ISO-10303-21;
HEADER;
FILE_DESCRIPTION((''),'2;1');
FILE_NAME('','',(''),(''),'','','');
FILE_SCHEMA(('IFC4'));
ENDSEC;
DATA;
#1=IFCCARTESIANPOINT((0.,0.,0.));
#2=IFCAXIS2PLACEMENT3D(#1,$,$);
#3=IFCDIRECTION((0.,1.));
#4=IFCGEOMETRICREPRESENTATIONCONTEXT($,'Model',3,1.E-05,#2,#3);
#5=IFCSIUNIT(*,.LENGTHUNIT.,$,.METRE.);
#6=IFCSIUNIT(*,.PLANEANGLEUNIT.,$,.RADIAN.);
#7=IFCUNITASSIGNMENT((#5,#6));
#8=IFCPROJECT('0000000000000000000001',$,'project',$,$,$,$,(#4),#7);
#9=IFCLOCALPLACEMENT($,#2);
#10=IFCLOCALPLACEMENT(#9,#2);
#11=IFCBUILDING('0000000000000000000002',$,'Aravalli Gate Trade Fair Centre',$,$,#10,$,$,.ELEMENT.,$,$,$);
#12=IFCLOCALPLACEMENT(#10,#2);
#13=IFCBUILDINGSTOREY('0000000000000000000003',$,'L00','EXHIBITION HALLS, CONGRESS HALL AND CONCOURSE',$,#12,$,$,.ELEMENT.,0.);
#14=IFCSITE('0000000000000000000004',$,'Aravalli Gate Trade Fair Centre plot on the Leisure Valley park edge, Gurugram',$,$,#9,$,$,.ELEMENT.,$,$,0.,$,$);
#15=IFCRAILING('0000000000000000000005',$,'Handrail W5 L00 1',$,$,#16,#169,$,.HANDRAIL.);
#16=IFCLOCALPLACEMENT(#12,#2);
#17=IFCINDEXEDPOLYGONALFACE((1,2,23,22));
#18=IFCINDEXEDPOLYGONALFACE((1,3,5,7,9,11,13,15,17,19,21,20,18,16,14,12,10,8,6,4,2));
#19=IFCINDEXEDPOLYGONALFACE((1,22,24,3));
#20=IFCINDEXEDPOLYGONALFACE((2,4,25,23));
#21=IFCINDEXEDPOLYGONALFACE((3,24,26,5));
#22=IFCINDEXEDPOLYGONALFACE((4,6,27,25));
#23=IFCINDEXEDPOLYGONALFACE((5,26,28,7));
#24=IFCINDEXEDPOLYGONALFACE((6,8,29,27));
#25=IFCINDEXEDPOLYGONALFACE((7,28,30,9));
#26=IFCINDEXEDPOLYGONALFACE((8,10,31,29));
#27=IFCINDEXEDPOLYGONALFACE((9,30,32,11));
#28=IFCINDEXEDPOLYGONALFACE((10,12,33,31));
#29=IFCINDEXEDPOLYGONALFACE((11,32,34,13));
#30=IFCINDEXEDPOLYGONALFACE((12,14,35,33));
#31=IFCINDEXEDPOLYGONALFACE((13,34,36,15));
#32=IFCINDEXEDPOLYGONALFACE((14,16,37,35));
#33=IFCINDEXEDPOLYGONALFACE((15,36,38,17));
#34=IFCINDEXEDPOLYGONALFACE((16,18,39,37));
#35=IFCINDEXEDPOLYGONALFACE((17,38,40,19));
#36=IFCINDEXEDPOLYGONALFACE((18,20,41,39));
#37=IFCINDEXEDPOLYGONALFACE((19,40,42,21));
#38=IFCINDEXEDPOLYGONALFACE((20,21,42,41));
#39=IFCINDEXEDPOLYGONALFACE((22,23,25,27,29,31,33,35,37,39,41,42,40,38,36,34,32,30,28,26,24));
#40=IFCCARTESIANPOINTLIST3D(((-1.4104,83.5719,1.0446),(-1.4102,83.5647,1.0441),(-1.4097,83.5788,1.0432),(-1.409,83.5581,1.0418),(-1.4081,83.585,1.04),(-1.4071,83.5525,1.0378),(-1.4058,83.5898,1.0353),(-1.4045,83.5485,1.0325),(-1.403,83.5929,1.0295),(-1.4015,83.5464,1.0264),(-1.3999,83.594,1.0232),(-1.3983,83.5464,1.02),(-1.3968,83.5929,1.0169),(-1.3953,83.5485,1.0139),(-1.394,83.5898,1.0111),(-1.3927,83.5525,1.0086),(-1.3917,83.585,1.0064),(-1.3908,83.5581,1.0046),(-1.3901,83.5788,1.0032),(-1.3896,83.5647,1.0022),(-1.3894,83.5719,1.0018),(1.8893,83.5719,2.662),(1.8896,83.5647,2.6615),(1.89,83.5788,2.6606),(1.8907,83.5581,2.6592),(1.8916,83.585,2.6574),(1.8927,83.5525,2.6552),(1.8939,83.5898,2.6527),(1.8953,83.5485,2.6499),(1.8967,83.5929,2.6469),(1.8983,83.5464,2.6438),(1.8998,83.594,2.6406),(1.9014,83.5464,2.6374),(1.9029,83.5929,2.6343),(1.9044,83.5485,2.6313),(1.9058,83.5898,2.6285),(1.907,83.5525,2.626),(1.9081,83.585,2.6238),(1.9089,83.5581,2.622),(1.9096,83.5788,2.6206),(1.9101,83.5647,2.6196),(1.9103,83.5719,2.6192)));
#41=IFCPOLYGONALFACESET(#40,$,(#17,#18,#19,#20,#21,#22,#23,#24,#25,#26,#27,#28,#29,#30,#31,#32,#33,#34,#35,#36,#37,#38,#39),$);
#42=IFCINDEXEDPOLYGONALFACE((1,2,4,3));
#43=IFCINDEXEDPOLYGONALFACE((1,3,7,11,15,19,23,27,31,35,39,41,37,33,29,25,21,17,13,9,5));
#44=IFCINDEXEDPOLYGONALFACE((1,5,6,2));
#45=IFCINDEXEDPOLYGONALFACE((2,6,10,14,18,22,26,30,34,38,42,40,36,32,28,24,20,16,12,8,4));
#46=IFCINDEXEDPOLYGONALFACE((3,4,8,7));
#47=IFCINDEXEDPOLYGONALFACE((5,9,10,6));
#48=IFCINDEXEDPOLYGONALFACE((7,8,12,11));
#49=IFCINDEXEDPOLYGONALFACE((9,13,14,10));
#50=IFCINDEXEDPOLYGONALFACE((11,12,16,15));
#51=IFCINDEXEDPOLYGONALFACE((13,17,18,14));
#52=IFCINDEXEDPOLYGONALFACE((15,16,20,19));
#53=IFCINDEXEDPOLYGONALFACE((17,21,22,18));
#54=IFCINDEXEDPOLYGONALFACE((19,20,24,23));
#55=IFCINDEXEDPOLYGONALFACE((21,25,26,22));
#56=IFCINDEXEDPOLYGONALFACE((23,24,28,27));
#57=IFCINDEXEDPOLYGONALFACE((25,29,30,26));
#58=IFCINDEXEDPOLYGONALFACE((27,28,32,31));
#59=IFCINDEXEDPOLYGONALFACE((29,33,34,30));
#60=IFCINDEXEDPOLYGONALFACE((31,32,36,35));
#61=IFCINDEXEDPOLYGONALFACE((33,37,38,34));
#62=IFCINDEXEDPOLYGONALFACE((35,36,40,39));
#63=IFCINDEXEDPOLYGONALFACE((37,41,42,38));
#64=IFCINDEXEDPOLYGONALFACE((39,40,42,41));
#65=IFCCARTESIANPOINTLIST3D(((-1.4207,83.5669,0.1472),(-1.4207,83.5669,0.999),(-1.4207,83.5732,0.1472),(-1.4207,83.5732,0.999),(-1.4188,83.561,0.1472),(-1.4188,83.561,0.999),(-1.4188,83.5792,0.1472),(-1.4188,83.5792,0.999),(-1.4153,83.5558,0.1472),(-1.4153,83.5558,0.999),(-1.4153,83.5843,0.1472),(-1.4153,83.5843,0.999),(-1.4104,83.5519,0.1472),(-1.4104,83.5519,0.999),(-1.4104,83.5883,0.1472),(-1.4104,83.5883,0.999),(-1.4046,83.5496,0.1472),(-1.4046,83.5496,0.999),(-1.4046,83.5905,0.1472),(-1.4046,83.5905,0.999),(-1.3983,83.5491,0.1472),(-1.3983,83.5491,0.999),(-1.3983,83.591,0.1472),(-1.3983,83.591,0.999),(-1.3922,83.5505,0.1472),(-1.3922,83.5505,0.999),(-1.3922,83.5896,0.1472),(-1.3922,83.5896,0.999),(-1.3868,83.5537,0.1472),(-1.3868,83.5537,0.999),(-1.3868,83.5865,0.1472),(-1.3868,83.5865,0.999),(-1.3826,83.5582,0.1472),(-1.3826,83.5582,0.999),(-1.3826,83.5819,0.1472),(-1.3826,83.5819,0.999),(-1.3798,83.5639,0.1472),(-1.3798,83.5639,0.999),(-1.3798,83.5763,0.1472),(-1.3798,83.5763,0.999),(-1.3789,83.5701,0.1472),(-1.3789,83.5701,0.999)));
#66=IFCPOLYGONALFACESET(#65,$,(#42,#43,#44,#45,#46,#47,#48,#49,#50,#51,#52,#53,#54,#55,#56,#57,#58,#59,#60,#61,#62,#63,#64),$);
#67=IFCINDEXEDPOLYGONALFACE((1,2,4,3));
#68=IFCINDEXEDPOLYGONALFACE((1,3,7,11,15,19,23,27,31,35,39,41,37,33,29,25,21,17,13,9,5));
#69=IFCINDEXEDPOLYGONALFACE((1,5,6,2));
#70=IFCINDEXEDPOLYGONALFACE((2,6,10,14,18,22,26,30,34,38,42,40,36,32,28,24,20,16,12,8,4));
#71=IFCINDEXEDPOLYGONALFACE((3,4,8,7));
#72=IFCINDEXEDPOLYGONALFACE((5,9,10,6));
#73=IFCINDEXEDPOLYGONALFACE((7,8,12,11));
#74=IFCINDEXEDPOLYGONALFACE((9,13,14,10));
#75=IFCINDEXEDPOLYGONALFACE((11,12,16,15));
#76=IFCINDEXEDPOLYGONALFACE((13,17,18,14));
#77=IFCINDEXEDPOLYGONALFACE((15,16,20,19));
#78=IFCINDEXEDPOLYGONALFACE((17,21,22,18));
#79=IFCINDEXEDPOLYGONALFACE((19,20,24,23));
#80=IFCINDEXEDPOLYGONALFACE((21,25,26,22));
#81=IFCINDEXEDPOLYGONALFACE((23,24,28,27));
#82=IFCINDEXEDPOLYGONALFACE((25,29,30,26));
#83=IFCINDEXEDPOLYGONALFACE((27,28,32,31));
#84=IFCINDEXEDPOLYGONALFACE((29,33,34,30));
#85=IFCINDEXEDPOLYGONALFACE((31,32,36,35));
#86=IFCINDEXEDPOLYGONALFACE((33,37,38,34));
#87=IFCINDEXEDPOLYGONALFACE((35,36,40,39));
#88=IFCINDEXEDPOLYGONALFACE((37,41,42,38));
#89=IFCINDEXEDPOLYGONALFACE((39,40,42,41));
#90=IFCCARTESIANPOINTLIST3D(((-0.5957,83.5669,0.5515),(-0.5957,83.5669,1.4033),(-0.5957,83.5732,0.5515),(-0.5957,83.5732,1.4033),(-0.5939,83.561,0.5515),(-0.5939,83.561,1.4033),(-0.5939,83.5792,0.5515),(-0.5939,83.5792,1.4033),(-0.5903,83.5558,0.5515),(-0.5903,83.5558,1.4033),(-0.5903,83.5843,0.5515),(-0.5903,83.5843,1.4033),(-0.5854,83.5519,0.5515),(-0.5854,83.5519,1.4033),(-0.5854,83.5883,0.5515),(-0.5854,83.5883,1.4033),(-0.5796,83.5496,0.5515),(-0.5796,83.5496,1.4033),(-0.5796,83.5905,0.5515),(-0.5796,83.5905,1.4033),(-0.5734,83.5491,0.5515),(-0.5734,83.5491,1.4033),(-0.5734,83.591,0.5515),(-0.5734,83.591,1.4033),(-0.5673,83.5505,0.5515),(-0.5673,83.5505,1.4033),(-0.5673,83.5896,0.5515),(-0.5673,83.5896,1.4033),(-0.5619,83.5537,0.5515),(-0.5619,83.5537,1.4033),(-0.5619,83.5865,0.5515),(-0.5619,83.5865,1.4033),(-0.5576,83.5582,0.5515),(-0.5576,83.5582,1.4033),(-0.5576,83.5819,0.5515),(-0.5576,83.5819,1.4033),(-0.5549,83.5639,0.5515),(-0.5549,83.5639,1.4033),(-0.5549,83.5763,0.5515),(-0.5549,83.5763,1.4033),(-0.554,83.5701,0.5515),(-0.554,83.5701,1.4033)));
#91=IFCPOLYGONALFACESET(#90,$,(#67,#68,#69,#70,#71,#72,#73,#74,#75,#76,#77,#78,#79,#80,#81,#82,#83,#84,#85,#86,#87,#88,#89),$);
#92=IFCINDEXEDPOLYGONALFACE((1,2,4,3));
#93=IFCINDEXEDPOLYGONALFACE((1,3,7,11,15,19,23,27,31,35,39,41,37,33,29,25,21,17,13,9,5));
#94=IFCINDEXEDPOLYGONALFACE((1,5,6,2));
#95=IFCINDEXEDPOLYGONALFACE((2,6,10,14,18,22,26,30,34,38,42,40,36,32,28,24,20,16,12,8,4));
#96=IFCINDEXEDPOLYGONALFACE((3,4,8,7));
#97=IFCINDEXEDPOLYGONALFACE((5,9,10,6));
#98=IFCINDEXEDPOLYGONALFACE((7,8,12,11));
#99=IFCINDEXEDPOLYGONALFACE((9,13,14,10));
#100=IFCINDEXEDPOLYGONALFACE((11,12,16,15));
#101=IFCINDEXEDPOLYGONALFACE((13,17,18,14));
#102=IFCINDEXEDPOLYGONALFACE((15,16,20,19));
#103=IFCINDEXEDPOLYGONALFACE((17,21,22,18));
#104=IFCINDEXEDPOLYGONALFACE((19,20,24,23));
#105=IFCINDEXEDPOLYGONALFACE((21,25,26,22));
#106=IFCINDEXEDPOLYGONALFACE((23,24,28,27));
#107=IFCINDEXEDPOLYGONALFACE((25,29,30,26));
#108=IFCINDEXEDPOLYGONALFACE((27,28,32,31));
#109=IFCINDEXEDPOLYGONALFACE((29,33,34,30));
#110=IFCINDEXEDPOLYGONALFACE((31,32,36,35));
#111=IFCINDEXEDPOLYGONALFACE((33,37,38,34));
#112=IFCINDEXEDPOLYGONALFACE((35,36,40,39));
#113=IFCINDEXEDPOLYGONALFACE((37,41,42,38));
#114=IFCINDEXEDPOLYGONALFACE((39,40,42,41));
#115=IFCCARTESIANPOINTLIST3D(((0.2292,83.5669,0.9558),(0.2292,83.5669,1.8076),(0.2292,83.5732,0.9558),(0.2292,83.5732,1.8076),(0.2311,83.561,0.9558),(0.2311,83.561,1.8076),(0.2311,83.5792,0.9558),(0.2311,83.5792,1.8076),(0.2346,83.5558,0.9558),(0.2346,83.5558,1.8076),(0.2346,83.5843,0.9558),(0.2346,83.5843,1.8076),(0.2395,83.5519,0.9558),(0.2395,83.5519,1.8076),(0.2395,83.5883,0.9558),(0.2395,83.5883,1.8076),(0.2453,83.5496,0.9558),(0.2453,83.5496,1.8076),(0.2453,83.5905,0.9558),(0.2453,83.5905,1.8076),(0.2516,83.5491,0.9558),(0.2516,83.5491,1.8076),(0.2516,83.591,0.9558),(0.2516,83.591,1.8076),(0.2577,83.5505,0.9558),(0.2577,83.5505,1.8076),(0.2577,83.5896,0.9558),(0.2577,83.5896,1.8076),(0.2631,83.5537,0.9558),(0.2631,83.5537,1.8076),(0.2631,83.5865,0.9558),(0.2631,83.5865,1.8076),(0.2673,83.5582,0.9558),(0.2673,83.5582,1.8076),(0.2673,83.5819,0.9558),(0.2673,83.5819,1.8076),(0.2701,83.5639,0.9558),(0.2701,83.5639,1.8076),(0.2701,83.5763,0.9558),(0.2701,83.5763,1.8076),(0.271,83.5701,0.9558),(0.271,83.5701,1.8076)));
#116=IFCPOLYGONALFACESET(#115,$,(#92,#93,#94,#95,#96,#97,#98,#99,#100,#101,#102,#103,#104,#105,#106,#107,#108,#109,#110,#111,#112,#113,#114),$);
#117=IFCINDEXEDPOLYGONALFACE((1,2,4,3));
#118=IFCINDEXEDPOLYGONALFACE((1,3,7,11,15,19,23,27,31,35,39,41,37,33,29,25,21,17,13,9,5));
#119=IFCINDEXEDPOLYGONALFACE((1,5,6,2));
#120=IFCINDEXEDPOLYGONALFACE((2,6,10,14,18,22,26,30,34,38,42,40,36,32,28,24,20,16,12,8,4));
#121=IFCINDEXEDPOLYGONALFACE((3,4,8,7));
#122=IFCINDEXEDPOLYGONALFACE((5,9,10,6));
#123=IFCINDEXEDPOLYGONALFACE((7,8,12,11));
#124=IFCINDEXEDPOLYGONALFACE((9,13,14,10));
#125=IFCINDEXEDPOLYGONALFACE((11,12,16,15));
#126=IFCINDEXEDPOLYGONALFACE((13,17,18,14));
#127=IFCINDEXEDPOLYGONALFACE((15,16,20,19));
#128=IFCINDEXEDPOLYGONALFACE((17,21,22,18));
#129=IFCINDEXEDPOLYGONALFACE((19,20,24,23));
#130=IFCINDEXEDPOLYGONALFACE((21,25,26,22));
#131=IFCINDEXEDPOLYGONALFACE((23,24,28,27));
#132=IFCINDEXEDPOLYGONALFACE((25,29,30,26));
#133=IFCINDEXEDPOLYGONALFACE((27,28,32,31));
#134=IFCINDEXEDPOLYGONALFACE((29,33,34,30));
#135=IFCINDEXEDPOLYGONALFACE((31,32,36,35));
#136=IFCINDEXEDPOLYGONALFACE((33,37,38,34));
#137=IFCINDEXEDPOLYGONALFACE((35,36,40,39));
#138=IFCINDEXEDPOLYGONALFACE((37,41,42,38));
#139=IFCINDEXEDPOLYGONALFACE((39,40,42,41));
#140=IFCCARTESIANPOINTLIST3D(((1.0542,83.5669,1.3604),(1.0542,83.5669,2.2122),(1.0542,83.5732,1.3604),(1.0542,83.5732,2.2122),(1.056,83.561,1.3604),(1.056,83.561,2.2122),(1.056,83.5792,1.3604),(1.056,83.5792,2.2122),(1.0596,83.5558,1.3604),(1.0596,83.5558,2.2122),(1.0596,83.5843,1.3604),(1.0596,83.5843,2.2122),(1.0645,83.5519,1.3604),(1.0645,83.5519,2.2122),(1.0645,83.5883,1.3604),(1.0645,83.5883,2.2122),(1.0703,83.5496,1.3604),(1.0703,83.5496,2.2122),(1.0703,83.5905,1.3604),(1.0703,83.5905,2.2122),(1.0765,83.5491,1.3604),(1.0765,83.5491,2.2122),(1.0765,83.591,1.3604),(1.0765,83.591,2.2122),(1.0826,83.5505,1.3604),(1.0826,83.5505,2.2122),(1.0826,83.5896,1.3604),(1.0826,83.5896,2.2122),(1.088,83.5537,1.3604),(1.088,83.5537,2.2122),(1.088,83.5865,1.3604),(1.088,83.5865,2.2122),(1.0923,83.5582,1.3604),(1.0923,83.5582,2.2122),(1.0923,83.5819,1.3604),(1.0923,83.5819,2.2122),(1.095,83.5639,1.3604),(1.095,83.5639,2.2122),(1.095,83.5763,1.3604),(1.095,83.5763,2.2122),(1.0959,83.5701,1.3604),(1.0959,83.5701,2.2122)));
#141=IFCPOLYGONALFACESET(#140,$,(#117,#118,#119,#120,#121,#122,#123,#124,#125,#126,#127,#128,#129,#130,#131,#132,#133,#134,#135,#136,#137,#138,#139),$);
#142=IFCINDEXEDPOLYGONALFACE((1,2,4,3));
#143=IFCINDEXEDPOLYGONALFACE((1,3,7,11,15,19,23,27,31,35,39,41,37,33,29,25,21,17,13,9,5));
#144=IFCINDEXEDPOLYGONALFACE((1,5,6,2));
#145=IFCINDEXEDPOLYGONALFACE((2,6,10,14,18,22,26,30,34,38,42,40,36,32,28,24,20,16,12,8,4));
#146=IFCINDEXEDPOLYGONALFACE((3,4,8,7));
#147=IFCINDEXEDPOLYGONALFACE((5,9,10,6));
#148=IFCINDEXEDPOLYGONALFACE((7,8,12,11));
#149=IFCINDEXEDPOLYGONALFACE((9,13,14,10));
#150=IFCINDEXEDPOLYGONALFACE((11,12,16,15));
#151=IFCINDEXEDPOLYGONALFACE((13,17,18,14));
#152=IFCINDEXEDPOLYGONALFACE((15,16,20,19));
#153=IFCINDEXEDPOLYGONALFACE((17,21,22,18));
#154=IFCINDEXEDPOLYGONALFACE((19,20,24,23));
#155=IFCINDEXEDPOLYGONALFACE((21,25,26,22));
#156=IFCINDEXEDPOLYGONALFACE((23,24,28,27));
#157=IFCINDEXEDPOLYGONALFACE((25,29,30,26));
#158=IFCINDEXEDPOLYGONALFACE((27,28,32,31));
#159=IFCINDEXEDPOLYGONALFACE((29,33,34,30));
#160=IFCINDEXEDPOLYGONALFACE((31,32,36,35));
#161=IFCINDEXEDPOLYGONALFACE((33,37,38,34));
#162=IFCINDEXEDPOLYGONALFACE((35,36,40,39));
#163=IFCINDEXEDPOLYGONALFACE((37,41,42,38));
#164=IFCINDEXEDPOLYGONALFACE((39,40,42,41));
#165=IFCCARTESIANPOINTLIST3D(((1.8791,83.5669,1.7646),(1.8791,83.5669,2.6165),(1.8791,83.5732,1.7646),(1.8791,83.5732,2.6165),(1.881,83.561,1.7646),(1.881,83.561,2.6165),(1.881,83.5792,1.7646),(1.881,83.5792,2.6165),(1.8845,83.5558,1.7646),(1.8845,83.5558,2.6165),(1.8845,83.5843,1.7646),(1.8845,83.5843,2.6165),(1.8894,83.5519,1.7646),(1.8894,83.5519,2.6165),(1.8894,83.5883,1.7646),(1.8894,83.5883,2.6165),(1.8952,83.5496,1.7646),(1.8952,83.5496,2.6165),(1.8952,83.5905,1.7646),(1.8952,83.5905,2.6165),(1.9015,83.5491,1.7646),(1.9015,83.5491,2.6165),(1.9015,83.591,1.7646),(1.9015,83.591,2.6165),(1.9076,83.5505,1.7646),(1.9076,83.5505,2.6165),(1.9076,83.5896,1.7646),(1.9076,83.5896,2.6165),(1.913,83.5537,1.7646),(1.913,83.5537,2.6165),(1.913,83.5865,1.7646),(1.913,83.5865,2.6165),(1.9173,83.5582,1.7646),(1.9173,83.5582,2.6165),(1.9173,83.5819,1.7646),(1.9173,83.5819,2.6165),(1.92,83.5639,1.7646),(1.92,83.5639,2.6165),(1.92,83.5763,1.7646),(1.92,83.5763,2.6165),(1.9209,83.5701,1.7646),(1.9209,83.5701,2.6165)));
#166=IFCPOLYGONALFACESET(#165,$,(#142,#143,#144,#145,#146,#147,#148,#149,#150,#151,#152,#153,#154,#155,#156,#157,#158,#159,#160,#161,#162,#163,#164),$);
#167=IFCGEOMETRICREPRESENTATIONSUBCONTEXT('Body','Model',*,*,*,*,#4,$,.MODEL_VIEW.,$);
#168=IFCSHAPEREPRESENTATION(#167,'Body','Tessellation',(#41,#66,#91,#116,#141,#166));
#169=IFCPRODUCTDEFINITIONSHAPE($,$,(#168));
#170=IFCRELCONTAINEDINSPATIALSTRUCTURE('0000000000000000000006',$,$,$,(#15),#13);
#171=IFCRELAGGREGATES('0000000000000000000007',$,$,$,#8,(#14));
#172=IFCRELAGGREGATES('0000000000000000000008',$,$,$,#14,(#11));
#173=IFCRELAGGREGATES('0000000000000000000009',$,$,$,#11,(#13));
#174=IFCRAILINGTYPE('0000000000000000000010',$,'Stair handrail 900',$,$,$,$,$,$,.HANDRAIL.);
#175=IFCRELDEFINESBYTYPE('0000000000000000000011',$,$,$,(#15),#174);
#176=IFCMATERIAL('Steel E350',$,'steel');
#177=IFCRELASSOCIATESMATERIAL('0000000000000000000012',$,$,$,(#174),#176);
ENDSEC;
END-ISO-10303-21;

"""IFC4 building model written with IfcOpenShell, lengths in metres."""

from ifc_helpers import new_model, si_unit, direction, frame, origin, origin_2d, place, context, subcontext, project, spatial, circle, extrude, material, type_object, element, save


model = new_model("IFC4")

# Units and contexts
model_context = context("Model", 3, precision=1e-05, world=origin(), true_north=direction((0.0, 1.0)))
body_context = subcontext(model_context, "Body", "Model", "MODEL_VIEW")
ifc_project = project(units=[si_unit("LENGTHUNIT", "METRE"), si_unit("PLANEANGLEUNIT", "RADIAN")], contexts=[model_context])

# Site, building, storey
site_placement = place(None, origin())
site = spatial("IfcSite", under=ifc_project, at=site_placement, Name="Aravalli Gate Trade Fair Centre plot on the Leisure Valley park edge, Gurugram", CompositionType="ELEMENT", RefElevation=0.0)
building_placement = place(site_placement, origin())
building = spatial("IfcBuilding", under=site, at=building_placement, Name="Aravalli Gate Trade Fair Centre", CompositionType="ELEMENT")
storey_placement = place(building_placement, origin())
storey = spatial("IfcBuildingStorey", under=building, at=storey_placement, Name="L00", Description="EXHIBITION HALLS, CONGRESS HALL AND CONCOURSE", CompositionType="ELEMENT", Elevation=0.0)

# Railing
ifc_material_1 = material(Name="Steel E350", Category="steel")
railing_type = type_object("IfcRailingType", Name="Stair handrail 900", PredefinedType="HANDRAIL", material=ifc_material_1)
for number, where, name in (
    (1, (-1.3999, 83.5701, 0.1472), "Handrail W5 L00 1"),
):
    element("IfcRailing", number, at=place(storey_placement, frame(where)), inside=storey, type_object=railing_type, Name=name, PredefinedType="HANDRAIL", context=body_context, shape_type="SweptSolid", body=[
        extrude(circle(Radius=0.0239, at=origin_2d()), frame((0.0, 0.0, 0.876), z_axis=(0.897934, 0.0, 0.440131), x_axis=(0.0, 1.0, 0.0)), (0.0, 0.0, 1.0), 3.6748),
        extrude(circle(Radius=0.021, at=origin_2d()), origin(), (0.0, 0.0, 1.0), 0.8518),
        extrude(circle(Radius=0.021, at=origin_2d()), frame((0.825, 0.0, 0.4043)), (0.0, 0.0, 1.0), 0.8518),
        extrude(circle(Radius=0.021, at=origin_2d()), frame((1.6499, 0.0, 0.8086)), (0.0, 0.0, 1.0), 0.8518),
        extrude(circle(Radius=0.021, at=origin_2d()), frame((2.4749, 0.0, 1.2131)), (0.0, 0.0, 1.0), 0.8518),
        extrude(circle(Radius=0.021, at=origin_2d()), frame((3.2998, 0.0, 1.6174)), (0.0, 0.0, 1.0), 0.8518),
    ])

save(model, "model.ifc")
